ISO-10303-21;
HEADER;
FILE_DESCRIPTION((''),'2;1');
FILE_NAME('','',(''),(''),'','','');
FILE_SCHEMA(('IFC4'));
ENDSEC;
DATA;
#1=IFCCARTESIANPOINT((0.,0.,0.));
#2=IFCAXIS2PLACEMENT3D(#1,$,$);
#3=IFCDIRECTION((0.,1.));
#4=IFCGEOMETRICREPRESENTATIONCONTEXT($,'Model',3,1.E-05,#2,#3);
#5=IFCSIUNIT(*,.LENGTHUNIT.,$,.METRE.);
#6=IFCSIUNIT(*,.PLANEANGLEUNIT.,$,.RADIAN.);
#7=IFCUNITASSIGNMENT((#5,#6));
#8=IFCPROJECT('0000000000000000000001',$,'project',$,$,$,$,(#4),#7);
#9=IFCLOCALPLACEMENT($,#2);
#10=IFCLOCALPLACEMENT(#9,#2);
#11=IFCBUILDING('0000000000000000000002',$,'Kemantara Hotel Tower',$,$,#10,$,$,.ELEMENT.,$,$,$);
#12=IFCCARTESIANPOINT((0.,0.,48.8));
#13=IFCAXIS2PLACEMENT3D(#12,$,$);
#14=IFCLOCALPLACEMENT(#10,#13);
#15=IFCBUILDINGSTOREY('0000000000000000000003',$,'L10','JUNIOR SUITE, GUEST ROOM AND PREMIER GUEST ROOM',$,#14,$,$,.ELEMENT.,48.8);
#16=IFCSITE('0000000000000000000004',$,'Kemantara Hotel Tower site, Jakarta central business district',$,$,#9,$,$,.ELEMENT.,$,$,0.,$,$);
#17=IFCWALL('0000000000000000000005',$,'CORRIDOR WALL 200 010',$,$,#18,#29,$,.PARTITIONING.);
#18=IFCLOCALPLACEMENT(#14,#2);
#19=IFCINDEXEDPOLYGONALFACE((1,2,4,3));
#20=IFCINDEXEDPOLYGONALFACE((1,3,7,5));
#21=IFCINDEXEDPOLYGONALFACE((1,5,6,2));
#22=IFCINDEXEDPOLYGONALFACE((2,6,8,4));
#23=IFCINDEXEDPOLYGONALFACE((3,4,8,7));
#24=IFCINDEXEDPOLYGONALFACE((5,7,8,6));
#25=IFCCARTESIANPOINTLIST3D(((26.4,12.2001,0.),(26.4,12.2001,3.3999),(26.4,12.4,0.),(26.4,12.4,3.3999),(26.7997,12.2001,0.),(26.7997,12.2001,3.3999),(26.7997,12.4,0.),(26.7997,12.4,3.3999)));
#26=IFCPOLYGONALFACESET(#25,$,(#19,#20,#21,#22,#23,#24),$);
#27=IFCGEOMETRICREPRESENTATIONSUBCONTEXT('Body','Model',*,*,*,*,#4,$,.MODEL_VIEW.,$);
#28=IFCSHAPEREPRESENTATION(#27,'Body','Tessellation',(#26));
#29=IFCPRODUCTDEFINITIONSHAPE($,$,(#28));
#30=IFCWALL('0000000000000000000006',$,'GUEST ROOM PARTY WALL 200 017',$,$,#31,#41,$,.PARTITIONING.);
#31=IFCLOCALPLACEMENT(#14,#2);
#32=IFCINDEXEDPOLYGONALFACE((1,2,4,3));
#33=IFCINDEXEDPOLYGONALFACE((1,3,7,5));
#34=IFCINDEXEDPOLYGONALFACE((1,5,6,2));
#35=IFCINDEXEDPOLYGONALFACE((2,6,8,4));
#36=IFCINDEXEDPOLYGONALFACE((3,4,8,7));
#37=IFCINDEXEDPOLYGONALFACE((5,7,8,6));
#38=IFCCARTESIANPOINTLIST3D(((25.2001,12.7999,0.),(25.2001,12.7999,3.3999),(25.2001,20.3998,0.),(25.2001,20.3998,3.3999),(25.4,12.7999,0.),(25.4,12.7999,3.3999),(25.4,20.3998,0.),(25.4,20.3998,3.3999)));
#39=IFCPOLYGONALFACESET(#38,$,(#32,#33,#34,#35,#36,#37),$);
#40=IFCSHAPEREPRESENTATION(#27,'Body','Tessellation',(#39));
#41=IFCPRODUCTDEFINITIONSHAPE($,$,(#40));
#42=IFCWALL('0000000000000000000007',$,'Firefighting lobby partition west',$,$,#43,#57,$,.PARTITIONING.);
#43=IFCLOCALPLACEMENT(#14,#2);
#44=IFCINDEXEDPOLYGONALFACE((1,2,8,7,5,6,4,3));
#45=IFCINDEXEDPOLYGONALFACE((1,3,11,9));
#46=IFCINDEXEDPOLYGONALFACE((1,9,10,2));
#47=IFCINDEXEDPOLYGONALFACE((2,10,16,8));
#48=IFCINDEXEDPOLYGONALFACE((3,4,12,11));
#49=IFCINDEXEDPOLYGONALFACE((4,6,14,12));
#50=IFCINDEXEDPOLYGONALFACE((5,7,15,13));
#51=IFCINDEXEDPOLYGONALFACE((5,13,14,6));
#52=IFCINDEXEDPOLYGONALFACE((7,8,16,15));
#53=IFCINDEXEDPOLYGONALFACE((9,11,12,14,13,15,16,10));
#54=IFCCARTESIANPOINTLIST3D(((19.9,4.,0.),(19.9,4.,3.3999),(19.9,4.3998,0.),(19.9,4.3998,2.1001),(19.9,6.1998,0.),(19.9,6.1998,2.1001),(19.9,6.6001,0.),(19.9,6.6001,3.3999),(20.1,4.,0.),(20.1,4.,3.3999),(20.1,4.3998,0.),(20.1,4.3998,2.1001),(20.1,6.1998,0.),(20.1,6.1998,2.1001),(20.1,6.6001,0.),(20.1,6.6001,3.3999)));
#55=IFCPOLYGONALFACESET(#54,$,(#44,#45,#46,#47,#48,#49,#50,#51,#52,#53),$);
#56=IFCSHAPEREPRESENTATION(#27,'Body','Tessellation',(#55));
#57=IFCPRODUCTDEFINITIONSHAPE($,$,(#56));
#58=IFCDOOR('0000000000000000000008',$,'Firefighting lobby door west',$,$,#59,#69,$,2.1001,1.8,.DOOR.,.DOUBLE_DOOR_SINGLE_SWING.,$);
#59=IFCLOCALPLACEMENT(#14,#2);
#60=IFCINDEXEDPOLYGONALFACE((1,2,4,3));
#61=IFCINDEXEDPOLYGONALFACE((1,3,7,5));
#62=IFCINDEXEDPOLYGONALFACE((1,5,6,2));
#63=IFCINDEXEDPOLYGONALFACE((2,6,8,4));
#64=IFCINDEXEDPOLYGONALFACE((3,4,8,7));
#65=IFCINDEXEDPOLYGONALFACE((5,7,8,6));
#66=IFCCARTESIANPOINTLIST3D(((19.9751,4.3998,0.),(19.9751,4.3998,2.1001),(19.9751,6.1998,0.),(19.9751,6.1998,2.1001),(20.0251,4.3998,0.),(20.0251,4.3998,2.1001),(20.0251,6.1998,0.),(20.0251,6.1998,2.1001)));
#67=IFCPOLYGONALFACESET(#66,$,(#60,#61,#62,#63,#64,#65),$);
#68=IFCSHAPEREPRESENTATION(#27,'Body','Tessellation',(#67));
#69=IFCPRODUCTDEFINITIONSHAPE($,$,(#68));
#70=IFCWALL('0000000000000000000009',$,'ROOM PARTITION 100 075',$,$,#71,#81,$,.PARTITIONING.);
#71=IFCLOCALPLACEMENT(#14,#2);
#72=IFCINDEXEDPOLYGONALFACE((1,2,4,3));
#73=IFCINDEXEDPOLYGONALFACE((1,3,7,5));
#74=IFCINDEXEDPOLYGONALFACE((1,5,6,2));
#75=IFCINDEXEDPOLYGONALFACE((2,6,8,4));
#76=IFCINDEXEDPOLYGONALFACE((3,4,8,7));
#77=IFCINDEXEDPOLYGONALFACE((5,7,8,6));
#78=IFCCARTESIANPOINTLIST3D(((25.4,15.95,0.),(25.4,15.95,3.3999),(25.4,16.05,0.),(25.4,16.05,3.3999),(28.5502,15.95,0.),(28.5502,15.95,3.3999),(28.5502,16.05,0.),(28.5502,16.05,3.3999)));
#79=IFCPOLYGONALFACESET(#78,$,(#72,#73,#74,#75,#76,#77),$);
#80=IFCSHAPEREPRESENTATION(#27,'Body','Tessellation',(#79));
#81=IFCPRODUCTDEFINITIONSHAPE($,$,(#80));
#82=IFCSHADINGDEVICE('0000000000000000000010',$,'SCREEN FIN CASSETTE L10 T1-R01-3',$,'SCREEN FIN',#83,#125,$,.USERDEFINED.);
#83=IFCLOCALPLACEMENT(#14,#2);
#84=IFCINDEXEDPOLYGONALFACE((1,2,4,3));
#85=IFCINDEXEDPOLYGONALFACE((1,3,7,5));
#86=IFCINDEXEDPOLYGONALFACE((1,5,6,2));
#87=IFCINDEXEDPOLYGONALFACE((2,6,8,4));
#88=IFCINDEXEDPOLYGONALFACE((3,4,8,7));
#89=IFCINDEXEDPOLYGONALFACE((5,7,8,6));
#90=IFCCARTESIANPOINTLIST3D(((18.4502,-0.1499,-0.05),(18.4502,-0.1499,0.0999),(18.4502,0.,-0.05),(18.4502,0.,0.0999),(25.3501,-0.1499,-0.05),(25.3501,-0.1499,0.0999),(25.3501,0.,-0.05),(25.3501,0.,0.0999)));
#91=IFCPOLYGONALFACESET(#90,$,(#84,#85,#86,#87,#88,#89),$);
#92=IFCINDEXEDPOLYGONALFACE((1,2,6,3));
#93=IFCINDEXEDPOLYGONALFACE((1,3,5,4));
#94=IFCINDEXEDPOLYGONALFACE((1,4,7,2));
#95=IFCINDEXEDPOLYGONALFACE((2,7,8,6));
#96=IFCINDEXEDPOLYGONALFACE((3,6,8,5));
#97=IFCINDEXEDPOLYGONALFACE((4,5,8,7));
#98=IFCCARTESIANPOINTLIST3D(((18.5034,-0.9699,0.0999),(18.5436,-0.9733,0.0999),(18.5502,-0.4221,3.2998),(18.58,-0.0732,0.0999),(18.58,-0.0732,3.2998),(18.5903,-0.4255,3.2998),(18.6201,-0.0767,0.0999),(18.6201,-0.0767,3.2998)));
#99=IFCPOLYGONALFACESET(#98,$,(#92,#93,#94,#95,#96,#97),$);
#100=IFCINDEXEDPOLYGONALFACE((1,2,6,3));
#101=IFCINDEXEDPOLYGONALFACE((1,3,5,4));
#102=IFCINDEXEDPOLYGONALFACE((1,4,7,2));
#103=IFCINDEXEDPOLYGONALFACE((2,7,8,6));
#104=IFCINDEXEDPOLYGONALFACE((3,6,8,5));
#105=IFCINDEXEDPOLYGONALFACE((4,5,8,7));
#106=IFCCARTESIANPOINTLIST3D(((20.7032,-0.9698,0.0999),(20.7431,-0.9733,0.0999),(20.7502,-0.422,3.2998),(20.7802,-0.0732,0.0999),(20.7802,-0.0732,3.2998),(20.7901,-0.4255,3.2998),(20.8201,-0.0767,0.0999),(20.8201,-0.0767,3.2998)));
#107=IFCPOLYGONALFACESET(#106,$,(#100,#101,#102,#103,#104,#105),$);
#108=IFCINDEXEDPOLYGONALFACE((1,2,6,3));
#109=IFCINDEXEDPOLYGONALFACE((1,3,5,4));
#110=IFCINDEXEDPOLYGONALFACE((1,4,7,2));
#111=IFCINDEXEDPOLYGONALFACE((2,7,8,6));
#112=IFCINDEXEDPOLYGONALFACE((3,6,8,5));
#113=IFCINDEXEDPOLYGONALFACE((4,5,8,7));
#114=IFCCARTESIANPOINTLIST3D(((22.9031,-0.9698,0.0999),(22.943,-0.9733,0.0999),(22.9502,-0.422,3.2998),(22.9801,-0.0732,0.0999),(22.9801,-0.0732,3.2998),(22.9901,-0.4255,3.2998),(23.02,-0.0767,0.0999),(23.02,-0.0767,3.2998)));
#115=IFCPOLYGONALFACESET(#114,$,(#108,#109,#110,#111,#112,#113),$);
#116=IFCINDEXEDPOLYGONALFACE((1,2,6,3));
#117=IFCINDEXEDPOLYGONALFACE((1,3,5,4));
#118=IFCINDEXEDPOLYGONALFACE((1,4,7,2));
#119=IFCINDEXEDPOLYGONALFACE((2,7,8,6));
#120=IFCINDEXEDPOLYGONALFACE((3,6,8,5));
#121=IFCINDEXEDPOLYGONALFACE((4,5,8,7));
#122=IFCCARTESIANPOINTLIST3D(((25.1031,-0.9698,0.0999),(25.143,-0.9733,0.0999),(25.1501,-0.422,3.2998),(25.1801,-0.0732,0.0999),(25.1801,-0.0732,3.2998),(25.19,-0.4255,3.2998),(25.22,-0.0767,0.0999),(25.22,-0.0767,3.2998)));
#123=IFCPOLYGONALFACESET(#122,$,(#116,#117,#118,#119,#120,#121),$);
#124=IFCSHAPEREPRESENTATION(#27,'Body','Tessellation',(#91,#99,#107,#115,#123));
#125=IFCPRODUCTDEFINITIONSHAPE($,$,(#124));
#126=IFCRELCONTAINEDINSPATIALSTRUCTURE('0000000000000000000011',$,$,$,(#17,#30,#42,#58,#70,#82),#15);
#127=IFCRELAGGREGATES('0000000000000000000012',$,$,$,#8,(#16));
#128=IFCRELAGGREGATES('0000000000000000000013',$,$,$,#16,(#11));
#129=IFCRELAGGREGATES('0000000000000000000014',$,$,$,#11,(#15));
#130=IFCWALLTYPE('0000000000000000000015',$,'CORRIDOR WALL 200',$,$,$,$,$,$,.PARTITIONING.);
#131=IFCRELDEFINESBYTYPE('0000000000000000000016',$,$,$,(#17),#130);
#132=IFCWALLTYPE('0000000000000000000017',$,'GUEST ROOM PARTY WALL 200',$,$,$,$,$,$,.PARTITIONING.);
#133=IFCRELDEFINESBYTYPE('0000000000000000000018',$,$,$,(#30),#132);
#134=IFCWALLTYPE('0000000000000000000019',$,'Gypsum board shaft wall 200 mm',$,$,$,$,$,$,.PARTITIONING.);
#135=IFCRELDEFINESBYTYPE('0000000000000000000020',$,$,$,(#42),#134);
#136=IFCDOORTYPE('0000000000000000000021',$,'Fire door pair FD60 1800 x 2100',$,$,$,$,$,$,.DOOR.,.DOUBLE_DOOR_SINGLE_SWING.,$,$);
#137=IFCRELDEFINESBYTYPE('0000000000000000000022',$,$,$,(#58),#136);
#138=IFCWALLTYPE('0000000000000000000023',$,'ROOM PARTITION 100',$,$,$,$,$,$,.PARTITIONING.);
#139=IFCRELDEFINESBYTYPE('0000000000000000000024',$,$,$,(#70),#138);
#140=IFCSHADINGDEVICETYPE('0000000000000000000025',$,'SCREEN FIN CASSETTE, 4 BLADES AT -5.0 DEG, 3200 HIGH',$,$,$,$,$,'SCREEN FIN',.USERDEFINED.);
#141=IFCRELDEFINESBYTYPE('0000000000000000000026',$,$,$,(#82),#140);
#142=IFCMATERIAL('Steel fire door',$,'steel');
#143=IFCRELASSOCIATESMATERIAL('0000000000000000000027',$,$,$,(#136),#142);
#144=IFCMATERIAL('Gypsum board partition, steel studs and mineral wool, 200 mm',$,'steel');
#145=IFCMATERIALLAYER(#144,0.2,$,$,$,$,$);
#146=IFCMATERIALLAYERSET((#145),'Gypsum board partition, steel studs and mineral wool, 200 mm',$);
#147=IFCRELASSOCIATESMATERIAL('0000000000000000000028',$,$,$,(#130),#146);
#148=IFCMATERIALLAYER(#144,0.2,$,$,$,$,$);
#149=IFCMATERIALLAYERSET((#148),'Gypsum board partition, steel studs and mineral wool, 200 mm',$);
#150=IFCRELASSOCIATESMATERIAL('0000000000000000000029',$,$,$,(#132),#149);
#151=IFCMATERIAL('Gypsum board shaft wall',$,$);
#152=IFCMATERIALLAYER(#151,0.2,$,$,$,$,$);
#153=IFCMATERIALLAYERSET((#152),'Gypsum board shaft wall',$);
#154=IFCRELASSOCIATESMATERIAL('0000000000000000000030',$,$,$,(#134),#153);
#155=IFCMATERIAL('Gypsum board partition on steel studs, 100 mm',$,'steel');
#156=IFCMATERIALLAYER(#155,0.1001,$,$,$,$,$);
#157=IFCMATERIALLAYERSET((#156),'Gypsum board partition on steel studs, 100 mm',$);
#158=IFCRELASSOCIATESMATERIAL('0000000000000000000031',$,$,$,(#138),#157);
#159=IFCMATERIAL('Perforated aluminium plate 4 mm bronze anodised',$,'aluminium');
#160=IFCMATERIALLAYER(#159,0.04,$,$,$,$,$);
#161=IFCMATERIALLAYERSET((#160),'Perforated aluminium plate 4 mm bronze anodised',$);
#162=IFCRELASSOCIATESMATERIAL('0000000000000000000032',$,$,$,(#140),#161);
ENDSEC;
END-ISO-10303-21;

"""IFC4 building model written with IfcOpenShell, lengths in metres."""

from ifc_helpers import new_model, si_unit, direction, frame, frame_2d, origin, origin_2d, place, context, subcontext, project, spatial, polyline, rectangle, outline, extrude, source, transform, mapped, material, layer, layer_set, type_object, element, fill, save


model = new_model("IFC4")

# Units and contexts
model_context = context("Model", 3, precision=1e-05, world=origin(), true_north=direction((0.0, 1.0)))
body_context = subcontext(model_context, "Body", "Model", "MODEL_VIEW")
ifc_project = project(units=[si_unit("LENGTHUNIT", "METRE"), si_unit("PLANEANGLEUNIT", "RADIAN")], contexts=[model_context])

# Site, building, storey
site_placement = place(None, origin())
site = spatial("IfcSite", under=ifc_project, at=site_placement, Name="Kemantara Hotel Tower site, Jakarta central business district", CompositionType="ELEMENT", RefElevation=0.0)
building_placement = place(site_placement, origin())
building = spatial("IfcBuilding", under=site, at=building_placement, Name="Kemantara Hotel Tower", CompositionType="ELEMENT")
storey_placement = place(building_placement, frame((0.0, 0.0, 48.8)))
storey = spatial("IfcBuildingStorey", under=building, at=storey_placement, Name="L10", Description="JUNIOR SUITE, GUEST ROOM AND PREMIER GUEST ROOM", CompositionType="ELEMENT", Elevation=48.8)

# Shared definitions
ifc_material_1 = material(Name="Steel fire door", Category="steel")

# Shared definitions
door_type_1 = type_object("IfcDoorType", Name="Fire door pair FD60 1800 x 2100", OperationType="DOUBLE_DOOR_SINGLE_SWING", PredefinedType="DOOR", material=ifc_material_1)

# Walls
ifc_material_2 = material(Name="Gypsum board partition, steel studs and mineral wool, 200 mm", Category="steel")
ifc_layer_1 = layer(ifc_material_2, 0.2)
ifc_layer_set_1 = layer_set([ifc_layer_1], Name="Gypsum board partition, steel studs and mineral wool, 200 mm")
wall_type_1 = type_object("IfcWallType", Name="CORRIDOR WALL 200", PredefinedType="PARTITIONING", material=ifc_layer_set_1)
wall_1_placement = place(storey_placement, frame((26.4001, 12.3, 0.0), z_axis=(0.0, 0.0, 1.0), x_axis=(1.0, 0.0, 0.0)))
element("IfcWall", 1, at=wall_1_placement, inside=storey, type_object=wall_type_1, Name="CORRIDOR WALL 200 010", PredefinedType="PARTITIONING", context=body_context, shape_type="SweptSolid", body=[
    extrude(rectangle(XDim=0.3997, YDim=0.2, at=frame_2d((0.1997, 0.0))), origin(), (0.0, 0.0, 1.0), 3.3999),
])
ifc_layer_2 = layer(ifc_material_2, 0.2)
ifc_layer_set_2 = layer_set([ifc_layer_2], Name="Gypsum board partition, steel studs and mineral wool, 200 mm")
wall_type_2 = type_object("IfcWallType", Name="GUEST ROOM PARTY WALL 200", PredefinedType="PARTITIONING", material=ifc_layer_set_2)
wall_2_placement = place(storey_placement, frame((25.3, 12.8, 0.0), z_axis=(0.0, 0.0, 1.0), x_axis=(0.0, 1.0, 0.0)))
element("IfcWall", 2, at=wall_2_placement, inside=storey, type_object=wall_type_2, Name="GUEST ROOM PARTY WALL 200 017", PredefinedType="PARTITIONING", context=body_context, shape_type="SweptSolid", body=[
    extrude(rectangle(XDim=7.5999, YDim=0.2, at=frame_2d((3.7998, 0.0))), origin(), (0.0, 0.0, 1.0), 3.3999),
])

# Wall, opening, door
ifc_material_3 = material(Name="Gypsum board shaft wall")
ifc_layer_3 = layer(ifc_material_3, 0.2)
ifc_layer_set_3 = layer_set([ifc_layer_3], Name="Gypsum board shaft wall")
wall_type_3 = type_object("IfcWallType", Name="Gypsum board shaft wall 200 mm", PredefinedType="PARTITIONING", material=ifc_layer_set_3)
wall_3_placement = place(storey_placement, frame((20.0, 4.0, 0.0), z_axis=(0.0, 0.0, 1.0), x_axis=(0.0, 1.0, 0.0)))
wall_3 = element("IfcWall", 3, at=wall_3_placement, inside=storey, type_object=wall_type_3, Name="Firefighting lobby partition west", PredefinedType="PARTITIONING", context=body_context, shape_type="SweptSolid", body=[
    extrude(rectangle(XDim=2.6001, YDim=0.2, at=frame_2d((1.3, 0.0))), origin(), (0.0, 0.0, 1.0), 3.3999),
])
opening_1_placement = place(wall_3_placement, frame((0.3999, 0.0, 0.0)))
opening_1 = element("IfcOpeningElement", 4, at=opening_1_placement, cuts=wall_3, PredefinedType="OPENING", context=body_context, shape_type="SweptSolid", body=[
    extrude(rectangle(XDim=1.8, YDim=2.1001, at=frame_2d((0.8999, 1.05))), frame((0.0, 0.1099, 0.0), z_axis=(0.0, -1.0, 0.0), x_axis=(1.0, 0.0, 0.0)), (0.0, 0.0, 1.0), 0.22),
])
door_1_placement = place(opening_1_placement, origin())
door_1 = element("IfcDoor", 5, at=door_1_placement, inside=storey, type_object=door_type_1, Name="Firefighting lobby door west", OperationType="DOUBLE_DOOR_SINGLE_SWING", OverallHeight=2.1001, OverallWidth=1.8, PredefinedType="DOOR", context=body_context, shape_type="SweptSolid", body=[
    extrude(rectangle(XDim=1.8, YDim=2.1001, at=frame_2d((0.8999, 1.05))), frame((0.0, 0.0249, 0.0), z_axis=(0.0, -1.0, 0.0), x_axis=(1.0, 0.0, 0.0)), (0.0, 0.0, 1.0), 0.05),
])
fill(opening_1, door_1)

# Wall
ifc_material_4 = material(Name="Gypsum board partition on steel studs, 100 mm", Category="steel")
ifc_layer_4 = layer(ifc_material_4, 0.1001)
ifc_layer_set_4 = layer_set([ifc_layer_4], Name="Gypsum board partition on steel studs, 100 mm")
wall_type_4 = type_object("IfcWallType", Name="ROOM PARTITION 100", PredefinedType="PARTITIONING", material=ifc_layer_set_4)
wall_4_placement = place(storey_placement, frame((25.3999, 16.0, 0.0), z_axis=(0.0, 0.0, 1.0), x_axis=(1.0, 0.0, 0.0)))
element("IfcWall", 6, at=wall_4_placement, inside=storey, type_object=wall_type_4, Name="ROOM PARTITION 100 075", PredefinedType="PARTITIONING", context=body_context, shape_type="SweptSolid", body=[
    extrude(rectangle(XDim=3.1501, YDim=0.1001, at=frame_2d((1.5752, 0.0))), origin(), (0.0, 0.0, 1.0), 3.3999),
])

# Shading device
ifc_material_5 = material(Name="Perforated aluminium plate 4 mm bronze anodised", Category="aluminium")
ifc_layer_5 = layer(ifc_material_5, 0.04)
ifc_layer_set_5 = layer_set([ifc_layer_5], Name="Perforated aluminium plate 4 mm bronze anodised")
shading_device_type = type_object("IfcShadingDeviceType", Name="SCREEN FIN CASSETTE, 4 BLADES AT -5.0 DEG, 3200 HIGH", ElementType="SCREEN FIN", PredefinedType="USERDEFINED", material=ifc_layer_set_5)
shared_shape = source(origin(), body_context, "Body", "SweptSolid", [
    extrude(rectangle(XDim=6.8999, YDim=0.1499, at=origin_2d()), frame((3.3, -0.075, -0.1499), z_axis=(0.0, 0.0, 1.0), x_axis=(1.0, 0.0, 0.0)), (0.0, 0.0, 1.0), 0.1499),
    extrude(outline(polyline([(0.0, 0.0), (0.8999, 0.0), (0.3501, 3.2), (0.0, 3.2), (0.0, 0.0)])), frame((0.02, -0.0767, 0.0), z_axis=(-0.996376, 0.085056, 0.0), x_axis=(-0.085056, -0.996376, 0.0)), (0.0, 0.0, 1.0), 0.0403),
    extrude(outline(polyline([(0.0, 0.0), (0.8999, 0.0), (0.3501, 3.2), (0.0, 3.2), (0.0, 0.0)])), frame((2.22, -0.0767, 0.0), z_axis=(-0.996332, 0.085575, 0.0), x_axis=(-0.085575, -0.996332, 0.0)), (0.0, 0.0, 1.0), 0.04),
    extrude(outline(polyline([(0.0, 0.0), (0.8999, 0.0), (0.3501, 3.2), (0.0, 3.2), (0.0, 0.0)])), frame((4.4199, -0.0767, 0.0), z_axis=(-0.996332, 0.085575, 0.0), x_axis=(-0.085575, -0.996332, 0.0)), (0.0, 0.0, 1.0), 0.04),
    extrude(outline(polyline([(0.0, 0.0), (0.8999, 0.0), (0.3501, 3.2), (0.0, 3.2), (0.0, 0.0)])), frame((6.6199, -0.0767, 0.0), z_axis=(-0.996332, 0.085575, 0.0), x_axis=(-0.085575, -0.996332, 0.0)), (0.0, 0.0, 1.0), 0.04),
])
shading_device_placement = place(storey_placement, frame((18.6001, 0.0, 0.0999), z_axis=(0.0, 0.0, 1.0), x_axis=(1.0, 0.0, 0.0)))
element("IfcShadingDevice", 7, at=shading_device_placement, inside=storey, type_object=shading_device_type, Name="SCREEN FIN CASSETTE L10 T1-R01-3", ObjectType="SCREEN FIN", PredefinedType="USERDEFINED", context=body_context, shape_type="MappedRepresentation", body=[
    mapped(shared_shape, transform((0.0, 0.0, 0.0))),
])

save(model, "model.ifc")
